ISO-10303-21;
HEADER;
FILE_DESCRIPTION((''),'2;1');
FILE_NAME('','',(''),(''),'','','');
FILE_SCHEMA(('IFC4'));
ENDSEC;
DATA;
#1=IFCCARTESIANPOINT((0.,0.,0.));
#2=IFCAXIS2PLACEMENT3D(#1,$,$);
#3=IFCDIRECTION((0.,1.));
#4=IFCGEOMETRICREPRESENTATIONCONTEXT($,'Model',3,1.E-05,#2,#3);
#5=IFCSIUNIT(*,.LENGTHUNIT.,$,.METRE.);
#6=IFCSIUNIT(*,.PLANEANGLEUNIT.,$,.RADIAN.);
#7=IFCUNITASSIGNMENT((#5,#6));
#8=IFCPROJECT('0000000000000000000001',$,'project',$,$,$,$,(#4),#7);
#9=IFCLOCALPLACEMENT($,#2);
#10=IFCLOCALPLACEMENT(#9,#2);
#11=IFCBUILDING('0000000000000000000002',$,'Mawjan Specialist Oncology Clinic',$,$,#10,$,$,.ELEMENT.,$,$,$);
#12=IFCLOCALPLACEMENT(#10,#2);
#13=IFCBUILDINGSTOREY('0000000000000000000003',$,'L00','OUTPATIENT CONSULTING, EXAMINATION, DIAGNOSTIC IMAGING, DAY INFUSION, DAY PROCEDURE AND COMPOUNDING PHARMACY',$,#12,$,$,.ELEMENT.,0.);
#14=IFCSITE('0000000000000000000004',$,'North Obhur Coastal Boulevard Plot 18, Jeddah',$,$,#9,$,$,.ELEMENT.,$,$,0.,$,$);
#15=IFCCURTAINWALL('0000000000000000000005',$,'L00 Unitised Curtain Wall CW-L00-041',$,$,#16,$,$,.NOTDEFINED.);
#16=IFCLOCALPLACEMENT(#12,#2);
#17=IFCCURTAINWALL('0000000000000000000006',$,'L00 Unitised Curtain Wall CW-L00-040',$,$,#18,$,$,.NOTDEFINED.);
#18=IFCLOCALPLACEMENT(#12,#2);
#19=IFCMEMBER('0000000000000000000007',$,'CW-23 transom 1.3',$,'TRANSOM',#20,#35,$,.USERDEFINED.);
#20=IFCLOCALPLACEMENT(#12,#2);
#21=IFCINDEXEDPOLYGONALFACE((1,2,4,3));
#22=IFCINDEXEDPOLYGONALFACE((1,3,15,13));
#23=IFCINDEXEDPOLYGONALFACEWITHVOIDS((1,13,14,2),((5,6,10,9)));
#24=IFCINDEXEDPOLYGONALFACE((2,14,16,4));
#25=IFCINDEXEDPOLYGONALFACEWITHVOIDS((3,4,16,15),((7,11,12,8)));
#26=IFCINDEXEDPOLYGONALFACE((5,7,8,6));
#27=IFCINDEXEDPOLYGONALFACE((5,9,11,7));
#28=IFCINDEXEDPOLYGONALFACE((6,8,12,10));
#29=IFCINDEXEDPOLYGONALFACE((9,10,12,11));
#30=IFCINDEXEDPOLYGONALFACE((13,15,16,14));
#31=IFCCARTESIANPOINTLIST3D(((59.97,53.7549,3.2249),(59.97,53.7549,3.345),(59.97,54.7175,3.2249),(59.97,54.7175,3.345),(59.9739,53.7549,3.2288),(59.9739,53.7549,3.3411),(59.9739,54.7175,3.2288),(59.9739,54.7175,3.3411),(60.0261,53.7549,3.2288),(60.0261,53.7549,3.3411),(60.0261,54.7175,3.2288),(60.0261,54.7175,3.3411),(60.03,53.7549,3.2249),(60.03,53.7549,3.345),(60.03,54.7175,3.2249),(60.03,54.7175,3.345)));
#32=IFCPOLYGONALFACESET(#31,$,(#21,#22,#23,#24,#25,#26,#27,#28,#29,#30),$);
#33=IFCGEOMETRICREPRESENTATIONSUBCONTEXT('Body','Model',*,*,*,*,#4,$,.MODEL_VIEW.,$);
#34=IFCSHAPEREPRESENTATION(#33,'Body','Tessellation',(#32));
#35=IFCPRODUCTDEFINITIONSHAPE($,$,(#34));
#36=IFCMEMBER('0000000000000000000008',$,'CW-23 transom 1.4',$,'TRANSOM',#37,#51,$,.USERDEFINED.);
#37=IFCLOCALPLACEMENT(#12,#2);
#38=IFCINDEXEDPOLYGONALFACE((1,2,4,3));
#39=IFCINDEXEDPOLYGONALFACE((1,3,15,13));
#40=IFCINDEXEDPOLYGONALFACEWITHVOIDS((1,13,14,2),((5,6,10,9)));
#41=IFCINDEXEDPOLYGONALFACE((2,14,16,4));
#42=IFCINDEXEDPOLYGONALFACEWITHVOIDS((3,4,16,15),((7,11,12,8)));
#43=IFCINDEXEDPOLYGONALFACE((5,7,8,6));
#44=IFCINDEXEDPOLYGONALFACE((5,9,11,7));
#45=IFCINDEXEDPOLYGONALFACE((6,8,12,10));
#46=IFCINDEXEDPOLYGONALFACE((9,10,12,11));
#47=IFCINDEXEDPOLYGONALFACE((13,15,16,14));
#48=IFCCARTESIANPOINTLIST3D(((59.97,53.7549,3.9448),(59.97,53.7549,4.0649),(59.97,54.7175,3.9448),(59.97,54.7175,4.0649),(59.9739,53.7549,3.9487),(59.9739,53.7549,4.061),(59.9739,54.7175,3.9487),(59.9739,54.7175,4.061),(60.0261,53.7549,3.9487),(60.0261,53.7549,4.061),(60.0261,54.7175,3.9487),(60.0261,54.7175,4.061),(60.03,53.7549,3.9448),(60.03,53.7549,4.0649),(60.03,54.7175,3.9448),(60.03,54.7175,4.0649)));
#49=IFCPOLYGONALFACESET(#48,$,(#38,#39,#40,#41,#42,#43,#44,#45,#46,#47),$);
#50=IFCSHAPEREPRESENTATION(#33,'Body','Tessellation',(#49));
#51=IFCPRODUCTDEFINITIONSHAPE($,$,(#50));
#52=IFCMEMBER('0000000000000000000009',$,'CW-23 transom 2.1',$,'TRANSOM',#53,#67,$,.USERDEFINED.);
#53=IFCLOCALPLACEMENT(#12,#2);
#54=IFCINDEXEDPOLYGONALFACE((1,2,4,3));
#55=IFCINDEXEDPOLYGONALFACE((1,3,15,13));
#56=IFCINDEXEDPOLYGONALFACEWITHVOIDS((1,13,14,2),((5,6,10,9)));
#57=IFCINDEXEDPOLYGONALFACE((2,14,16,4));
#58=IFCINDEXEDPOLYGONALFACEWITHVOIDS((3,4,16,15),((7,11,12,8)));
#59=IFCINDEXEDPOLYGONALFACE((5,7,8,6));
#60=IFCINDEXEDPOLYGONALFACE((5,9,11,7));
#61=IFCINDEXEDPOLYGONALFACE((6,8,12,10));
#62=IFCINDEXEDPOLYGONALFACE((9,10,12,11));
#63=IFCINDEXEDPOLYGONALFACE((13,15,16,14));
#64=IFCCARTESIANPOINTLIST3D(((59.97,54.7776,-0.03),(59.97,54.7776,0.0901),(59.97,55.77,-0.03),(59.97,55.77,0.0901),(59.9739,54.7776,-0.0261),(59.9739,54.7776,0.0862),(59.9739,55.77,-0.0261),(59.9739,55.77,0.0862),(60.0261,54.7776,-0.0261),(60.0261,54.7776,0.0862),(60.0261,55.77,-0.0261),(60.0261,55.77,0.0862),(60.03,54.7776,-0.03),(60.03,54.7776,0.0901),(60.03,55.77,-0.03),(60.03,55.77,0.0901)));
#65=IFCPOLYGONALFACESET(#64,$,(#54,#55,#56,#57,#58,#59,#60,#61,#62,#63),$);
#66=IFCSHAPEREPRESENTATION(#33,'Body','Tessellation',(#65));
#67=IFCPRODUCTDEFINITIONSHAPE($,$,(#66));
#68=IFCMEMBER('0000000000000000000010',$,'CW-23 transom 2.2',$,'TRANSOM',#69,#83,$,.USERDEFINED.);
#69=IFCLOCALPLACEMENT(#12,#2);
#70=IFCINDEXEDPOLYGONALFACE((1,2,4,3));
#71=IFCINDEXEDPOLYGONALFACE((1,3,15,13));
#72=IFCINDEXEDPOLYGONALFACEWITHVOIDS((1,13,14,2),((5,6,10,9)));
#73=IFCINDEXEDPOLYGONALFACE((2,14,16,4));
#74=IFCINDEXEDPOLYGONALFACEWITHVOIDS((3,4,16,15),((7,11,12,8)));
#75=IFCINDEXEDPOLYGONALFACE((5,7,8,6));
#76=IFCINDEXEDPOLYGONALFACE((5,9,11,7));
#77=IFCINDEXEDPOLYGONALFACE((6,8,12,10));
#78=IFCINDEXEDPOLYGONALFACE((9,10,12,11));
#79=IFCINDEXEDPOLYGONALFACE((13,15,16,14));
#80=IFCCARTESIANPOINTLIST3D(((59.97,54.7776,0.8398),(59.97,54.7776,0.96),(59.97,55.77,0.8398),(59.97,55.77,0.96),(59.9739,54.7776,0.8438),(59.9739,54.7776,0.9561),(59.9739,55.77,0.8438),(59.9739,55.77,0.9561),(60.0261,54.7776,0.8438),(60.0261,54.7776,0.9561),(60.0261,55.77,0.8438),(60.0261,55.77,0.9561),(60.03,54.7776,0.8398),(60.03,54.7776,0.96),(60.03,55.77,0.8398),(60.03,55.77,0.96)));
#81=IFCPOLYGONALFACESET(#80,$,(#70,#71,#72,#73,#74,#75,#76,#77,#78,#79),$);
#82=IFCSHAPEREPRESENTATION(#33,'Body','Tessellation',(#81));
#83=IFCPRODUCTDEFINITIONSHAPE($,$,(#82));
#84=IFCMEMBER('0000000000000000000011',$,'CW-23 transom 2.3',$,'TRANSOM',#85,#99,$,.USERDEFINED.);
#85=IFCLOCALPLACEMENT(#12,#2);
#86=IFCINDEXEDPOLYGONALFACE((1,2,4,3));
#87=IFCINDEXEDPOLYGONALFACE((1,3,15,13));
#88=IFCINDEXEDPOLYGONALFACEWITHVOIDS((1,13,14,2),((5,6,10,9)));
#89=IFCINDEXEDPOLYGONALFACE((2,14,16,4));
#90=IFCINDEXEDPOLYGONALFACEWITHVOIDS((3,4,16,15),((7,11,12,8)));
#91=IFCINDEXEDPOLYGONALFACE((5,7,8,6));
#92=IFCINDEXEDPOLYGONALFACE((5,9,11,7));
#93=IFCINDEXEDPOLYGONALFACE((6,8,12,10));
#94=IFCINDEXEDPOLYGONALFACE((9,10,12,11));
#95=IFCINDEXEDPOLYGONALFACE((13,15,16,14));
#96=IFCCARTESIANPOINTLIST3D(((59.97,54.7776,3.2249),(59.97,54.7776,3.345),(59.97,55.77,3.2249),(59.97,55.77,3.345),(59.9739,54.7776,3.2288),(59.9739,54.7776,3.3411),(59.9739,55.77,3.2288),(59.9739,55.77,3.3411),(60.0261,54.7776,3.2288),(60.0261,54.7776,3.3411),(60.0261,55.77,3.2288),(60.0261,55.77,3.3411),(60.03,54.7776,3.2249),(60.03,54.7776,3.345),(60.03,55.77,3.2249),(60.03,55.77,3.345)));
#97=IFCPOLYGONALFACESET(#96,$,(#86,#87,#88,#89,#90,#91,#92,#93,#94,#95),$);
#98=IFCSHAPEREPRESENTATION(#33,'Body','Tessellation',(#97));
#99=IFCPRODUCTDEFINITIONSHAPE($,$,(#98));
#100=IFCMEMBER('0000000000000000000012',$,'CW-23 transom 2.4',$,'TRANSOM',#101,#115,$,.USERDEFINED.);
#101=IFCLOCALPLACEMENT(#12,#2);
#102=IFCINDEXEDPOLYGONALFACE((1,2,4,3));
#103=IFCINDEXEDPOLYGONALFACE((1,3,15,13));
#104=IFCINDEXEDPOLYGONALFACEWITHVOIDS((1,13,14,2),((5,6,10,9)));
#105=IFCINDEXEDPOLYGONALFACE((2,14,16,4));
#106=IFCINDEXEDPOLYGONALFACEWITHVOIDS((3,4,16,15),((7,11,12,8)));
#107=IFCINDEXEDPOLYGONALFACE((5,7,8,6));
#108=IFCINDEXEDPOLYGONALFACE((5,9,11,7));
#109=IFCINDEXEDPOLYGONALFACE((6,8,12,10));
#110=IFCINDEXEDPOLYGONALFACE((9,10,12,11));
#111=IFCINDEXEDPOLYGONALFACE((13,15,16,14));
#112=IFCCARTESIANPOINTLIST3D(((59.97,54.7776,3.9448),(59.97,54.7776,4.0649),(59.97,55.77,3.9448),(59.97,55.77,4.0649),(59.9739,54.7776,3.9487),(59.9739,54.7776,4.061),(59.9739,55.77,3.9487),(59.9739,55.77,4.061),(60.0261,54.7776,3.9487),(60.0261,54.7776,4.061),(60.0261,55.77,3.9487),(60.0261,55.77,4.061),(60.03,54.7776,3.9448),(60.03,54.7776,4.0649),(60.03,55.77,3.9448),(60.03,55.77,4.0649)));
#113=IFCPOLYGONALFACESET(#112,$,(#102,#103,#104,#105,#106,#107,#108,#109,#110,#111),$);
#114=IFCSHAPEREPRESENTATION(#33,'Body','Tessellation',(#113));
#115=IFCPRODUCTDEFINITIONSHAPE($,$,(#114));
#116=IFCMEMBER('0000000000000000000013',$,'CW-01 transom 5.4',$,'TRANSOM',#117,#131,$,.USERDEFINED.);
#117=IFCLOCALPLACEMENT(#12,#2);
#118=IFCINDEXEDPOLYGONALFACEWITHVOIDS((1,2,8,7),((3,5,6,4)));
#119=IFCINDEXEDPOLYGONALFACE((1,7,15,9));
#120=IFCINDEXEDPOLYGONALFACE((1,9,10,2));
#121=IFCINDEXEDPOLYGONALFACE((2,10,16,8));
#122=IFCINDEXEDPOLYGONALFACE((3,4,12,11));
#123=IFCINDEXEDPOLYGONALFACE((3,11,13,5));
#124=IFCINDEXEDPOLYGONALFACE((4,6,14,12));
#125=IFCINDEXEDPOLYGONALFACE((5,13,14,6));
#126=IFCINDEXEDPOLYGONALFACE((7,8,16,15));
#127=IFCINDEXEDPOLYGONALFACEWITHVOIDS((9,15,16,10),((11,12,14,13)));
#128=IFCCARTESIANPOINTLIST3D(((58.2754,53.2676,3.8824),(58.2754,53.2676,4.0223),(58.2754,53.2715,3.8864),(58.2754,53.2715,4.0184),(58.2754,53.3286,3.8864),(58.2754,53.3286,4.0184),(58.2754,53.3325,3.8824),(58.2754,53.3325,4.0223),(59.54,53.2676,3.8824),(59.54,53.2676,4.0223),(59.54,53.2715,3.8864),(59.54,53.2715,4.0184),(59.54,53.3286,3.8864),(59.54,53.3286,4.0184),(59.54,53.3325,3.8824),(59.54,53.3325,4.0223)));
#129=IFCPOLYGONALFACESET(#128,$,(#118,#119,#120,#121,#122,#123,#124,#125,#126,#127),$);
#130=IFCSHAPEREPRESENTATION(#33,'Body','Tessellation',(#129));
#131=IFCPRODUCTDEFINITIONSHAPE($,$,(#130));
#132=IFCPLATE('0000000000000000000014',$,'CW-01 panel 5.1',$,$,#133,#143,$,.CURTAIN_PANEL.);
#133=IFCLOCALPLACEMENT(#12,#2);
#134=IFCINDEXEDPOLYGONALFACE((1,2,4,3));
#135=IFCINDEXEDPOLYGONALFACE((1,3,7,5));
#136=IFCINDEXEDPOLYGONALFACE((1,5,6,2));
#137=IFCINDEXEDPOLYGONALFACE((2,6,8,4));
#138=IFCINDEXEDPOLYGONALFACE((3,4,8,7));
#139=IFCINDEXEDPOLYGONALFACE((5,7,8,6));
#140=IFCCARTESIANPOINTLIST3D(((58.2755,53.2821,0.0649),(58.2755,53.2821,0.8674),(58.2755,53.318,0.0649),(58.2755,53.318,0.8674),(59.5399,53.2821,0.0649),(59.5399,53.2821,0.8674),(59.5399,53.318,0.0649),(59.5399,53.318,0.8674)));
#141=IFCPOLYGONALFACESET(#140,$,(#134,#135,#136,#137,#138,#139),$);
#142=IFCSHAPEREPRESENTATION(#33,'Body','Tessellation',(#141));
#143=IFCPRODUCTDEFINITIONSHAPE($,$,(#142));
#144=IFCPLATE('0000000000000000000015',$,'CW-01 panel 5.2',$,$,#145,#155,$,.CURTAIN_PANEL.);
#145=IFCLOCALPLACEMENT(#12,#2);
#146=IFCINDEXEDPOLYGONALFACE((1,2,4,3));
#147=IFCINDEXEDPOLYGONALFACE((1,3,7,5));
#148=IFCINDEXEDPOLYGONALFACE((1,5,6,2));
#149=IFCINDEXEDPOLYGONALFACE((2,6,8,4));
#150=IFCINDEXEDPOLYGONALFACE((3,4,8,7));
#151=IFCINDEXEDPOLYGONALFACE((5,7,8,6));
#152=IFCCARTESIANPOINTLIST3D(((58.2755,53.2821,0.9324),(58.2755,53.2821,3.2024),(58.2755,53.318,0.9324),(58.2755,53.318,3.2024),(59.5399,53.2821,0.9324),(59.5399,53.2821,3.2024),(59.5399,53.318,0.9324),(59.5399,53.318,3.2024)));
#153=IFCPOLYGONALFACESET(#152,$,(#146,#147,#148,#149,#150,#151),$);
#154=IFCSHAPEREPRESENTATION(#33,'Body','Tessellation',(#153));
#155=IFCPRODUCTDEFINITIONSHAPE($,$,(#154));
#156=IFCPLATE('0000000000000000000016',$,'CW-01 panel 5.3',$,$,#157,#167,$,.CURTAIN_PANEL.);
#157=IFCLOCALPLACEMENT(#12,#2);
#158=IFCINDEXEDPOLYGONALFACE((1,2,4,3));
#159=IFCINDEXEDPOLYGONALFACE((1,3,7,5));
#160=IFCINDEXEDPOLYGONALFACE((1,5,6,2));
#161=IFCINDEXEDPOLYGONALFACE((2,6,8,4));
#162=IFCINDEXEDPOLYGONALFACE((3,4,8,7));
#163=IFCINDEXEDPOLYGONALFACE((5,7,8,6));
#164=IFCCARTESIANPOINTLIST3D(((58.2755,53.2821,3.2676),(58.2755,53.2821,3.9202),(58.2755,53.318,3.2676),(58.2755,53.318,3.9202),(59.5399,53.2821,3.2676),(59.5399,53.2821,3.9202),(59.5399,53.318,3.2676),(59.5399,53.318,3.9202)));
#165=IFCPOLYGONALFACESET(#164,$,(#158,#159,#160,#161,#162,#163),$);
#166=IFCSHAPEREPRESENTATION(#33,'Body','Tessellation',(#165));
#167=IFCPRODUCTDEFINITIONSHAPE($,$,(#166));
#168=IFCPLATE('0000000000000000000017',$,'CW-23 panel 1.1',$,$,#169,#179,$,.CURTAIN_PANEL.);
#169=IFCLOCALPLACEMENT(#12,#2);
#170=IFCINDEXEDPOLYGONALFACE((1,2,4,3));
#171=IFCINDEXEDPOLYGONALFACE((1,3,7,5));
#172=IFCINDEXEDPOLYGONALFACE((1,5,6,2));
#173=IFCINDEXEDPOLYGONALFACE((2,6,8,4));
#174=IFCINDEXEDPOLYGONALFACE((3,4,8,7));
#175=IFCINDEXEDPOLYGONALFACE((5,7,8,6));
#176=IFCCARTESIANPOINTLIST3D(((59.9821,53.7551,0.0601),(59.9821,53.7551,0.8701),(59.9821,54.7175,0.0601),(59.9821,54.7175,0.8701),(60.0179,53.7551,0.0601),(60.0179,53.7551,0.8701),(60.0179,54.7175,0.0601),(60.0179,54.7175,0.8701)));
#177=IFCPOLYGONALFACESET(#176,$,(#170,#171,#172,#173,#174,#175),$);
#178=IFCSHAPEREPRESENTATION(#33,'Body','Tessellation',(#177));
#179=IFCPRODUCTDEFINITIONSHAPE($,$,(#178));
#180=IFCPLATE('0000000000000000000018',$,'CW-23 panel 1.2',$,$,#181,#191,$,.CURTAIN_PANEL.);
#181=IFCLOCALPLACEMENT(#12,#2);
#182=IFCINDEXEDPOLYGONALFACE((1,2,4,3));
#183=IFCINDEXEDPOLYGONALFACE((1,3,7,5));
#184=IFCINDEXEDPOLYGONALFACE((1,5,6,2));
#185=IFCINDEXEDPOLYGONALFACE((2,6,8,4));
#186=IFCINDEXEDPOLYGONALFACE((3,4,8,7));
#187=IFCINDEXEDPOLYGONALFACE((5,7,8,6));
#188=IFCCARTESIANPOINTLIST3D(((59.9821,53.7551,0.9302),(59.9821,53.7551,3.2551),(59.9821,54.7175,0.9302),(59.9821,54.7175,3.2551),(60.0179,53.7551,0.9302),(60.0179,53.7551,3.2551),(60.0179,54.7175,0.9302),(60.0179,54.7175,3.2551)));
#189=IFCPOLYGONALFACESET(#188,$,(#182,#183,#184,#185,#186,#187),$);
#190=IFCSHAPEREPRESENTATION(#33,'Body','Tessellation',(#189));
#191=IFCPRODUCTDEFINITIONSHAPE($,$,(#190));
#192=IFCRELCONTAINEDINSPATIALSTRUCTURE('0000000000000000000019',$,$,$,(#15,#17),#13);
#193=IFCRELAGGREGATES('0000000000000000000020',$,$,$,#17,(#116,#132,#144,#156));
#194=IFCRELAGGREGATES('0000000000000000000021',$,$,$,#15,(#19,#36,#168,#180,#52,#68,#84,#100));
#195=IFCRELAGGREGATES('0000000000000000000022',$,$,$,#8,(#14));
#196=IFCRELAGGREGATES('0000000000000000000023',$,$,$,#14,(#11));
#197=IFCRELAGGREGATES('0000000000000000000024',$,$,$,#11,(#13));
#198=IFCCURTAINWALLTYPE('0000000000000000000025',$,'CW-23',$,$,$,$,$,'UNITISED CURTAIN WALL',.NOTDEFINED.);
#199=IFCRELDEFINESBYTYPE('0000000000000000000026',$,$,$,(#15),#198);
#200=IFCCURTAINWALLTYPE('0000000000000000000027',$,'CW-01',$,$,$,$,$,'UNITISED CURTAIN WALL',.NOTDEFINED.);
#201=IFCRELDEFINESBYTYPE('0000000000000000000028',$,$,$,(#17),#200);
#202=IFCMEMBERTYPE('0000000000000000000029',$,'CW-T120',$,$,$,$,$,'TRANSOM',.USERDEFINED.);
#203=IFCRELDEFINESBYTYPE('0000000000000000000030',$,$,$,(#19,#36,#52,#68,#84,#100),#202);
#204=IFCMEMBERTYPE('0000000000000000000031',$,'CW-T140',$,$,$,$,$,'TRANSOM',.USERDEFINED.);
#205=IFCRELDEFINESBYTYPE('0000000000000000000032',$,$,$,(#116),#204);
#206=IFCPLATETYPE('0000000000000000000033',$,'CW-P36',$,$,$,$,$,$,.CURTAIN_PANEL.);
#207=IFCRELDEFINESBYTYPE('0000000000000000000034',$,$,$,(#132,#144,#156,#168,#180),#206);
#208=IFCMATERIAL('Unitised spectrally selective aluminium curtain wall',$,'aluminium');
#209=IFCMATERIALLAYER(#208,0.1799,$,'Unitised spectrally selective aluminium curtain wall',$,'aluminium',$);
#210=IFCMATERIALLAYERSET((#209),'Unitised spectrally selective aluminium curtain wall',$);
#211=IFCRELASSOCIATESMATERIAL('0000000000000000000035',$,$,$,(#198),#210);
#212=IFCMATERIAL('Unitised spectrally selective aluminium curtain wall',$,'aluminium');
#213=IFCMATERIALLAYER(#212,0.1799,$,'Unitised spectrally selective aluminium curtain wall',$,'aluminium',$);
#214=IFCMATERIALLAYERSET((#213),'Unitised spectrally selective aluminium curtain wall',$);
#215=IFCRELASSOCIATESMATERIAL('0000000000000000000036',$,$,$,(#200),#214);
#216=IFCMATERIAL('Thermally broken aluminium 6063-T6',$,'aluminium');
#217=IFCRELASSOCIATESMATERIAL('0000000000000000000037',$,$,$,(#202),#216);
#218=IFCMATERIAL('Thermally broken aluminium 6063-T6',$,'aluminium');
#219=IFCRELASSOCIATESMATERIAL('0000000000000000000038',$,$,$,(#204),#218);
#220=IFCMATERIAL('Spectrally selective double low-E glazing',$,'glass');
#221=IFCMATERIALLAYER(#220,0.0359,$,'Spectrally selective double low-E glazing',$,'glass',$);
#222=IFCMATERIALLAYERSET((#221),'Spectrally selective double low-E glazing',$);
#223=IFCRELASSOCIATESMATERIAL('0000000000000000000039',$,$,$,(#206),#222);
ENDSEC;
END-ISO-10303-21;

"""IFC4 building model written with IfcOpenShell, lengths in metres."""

from ifc_helpers import new_model, si_unit, direction, frame, origin, origin_2d, place, context, subcontext, project, spatial, rectangle, hollow_rectangle, extrude, material, layer, layer_set, material_profile, profile_set, type_object, element, aggregate, save


model = new_model("IFC4")

# Units and contexts
model_context = context("Model", 3, precision=1e-05, world=origin(), true_north=direction((0.0, 1.0)))
body_context = subcontext(model_context, "Body", "Model", "MODEL_VIEW")
ifc_project = project(units=[si_unit("LENGTHUNIT", "METRE"), si_unit("PLANEANGLEUNIT", "RADIAN")], contexts=[model_context])

# Site, building, storey
site_placement = place(None, origin())
site = spatial("IfcSite", under=ifc_project, at=site_placement, Name="North Obhur Coastal Boulevard Plot 18, Jeddah", CompositionType="ELEMENT", RefElevation=0.0)
building_placement = place(site_placement, origin())
building = spatial("IfcBuilding", under=site, at=building_placement, Name="Mawjan Specialist Oncology Clinic", CompositionType="ELEMENT")
storey_placement = place(building_placement, origin())
storey = spatial("IfcBuildingStorey", under=building, at=storey_placement, Name="L00", Description="OUTPATIENT CONSULTING, EXAMINATION, DIAGNOSTIC IMAGING, DAY INFUSION, DAY PROCEDURE AND COMPOUNDING PHARMACY", CompositionType="ELEMENT", Elevation=0.0)

# Curtain wall
ifc_material_1 = material(Name="Unitised spectrally selective aluminium curtain wall", Category="aluminium")
ifc_layer_1 = layer(ifc_material_1, 0.1799, Name="Unitised spectrally selective aluminium curtain wall", Category="aluminium")
ifc_layer_set_1 = layer_set([ifc_layer_1], Name="Unitised spectrally selective aluminium curtain wall")
curtain_wall_type_1 = type_object("IfcCurtainWallType", Name="CW-23", ElementType="UNITISED CURTAIN WALL", PredefinedType="NOTDEFINED", material=ifc_layer_set_1)
curtain_wall_1_placement = place(storey_placement, origin())
curtain_wall_1 = element("IfcCurtainWall", 1, at=curtain_wall_1_placement, inside=storey, type_object=curtain_wall_type_1, Name="L00 Unitised Curtain Wall CW-L00-041", PredefinedType="NOTDEFINED")

# Curtain wall
ifc_material_2 = material(Name="Unitised spectrally selective aluminium curtain wall", Category="aluminium")
ifc_layer_2 = layer(ifc_material_2, 0.1799, Name="Unitised spectrally selective aluminium curtain wall", Category="aluminium")
ifc_layer_set_2 = layer_set([ifc_layer_2], Name="Unitised spectrally selective aluminium curtain wall")
curtain_wall_type_2 = type_object("IfcCurtainWallType", Name="CW-01", ElementType="UNITISED CURTAIN WALL", PredefinedType="NOTDEFINED", material=ifc_layer_set_2)
curtain_wall_2_placement = place(storey_placement, origin())
curtain_wall_2 = element("IfcCurtainWall", 2, at=curtain_wall_2_placement, inside=storey, type_object=curtain_wall_type_2, Name="L00 Unitised Curtain Wall CW-L00-040", PredefinedType="NOTDEFINED")

# Members
ifc_material_3 = material(Name="Thermally broken aluminium 6063-T6", Category="aluminium")
ifc_material_profile_1 = material_profile(ifc_material_3, hollow_rectangle(XDim=0.0601, YDim=0.1201, WallThickness=0.0039, at=origin_2d()), Name="ALU TRANSOM 120x60x4", Category="aluminium")
ifc_profile_set_1 = profile_set([ifc_material_profile_1], Name="Thermally broken aluminium 6063-T6")
member_type_1 = type_object("IfcMemberType", Name="CW-T120", ElementType="TRANSOM", PredefinedType="USERDEFINED", material=ifc_profile_set_1)
member_1_placement = place(storey_placement, frame((60.0, 53.7549, 3.2849), z_axis=(0.0, 1.0, 0.0), x_axis=(-1.0, 0.0, 0.0)))
member_1 = element("IfcMember", 3, at=member_1_placement, type_object=member_type_1, Name="CW-23 transom 1.3", ObjectType="TRANSOM", PredefinedType="USERDEFINED", context=body_context, shape_type="SweptSolid", body=[
    extrude(hollow_rectangle(XDim=0.0601, YDim=0.1201, WallThickness=0.0039, at=origin_2d()), origin(), (0.0, 0.0, 1.0), 0.9626),
])
member_2_placement = place(storey_placement, frame((60.0, 53.7549, 4.0049), z_axis=(0.0, 1.0, 0.0), x_axis=(-1.0, 0.0, 0.0)))
member_2 = element("IfcMember", 4, at=member_2_placement, type_object=member_type_1, Name="CW-23 transom 1.4", ObjectType="TRANSOM", PredefinedType="USERDEFINED", context=body_context, shape_type="SweptSolid", body=[
    extrude(hollow_rectangle(XDim=0.0601, YDim=0.1201, WallThickness=0.0039, at=origin_2d()), origin(), (0.0, 0.0, 1.0), 0.9626),
])
member_3_placement = place(storey_placement, frame((60.0, 54.7776, 0.03), z_axis=(0.0, 1.0, 0.0), x_axis=(-1.0, 0.0, 0.0)))
member_3 = element("IfcMember", 5, at=member_3_placement, type_object=member_type_1, Name="CW-23 transom 2.1", ObjectType="TRANSOM", PredefinedType="USERDEFINED", context=body_context, shape_type="SweptSolid", body=[
    extrude(hollow_rectangle(XDim=0.0601, YDim=0.1201, WallThickness=0.0039, at=origin_2d()), origin(), (0.0, 0.0, 1.0), 0.9924),
])
member_4_placement = place(storey_placement, frame((60.0, 54.7776, 0.8999), z_axis=(0.0, 1.0, 0.0), x_axis=(-1.0, 0.0, 0.0)))
member_4 = element("IfcMember", 6, at=member_4_placement, type_object=member_type_1, Name="CW-23 transom 2.2", ObjectType="TRANSOM", PredefinedType="USERDEFINED", context=body_context, shape_type="SweptSolid", body=[
    extrude(hollow_rectangle(XDim=0.0601, YDim=0.1201, WallThickness=0.0039, at=origin_2d()), origin(), (0.0, 0.0, 1.0), 0.9924),
])
member_5_placement = place(storey_placement, frame((60.0, 54.7776, 3.2849), z_axis=(0.0, 1.0, 0.0), x_axis=(-1.0, 0.0, 0.0)))
member_5 = element("IfcMember", 7, at=member_5_placement, type_object=member_type_1, Name="CW-23 transom 2.3", ObjectType="TRANSOM", PredefinedType="USERDEFINED", context=body_context, shape_type="SweptSolid", body=[
    extrude(hollow_rectangle(XDim=0.0601, YDim=0.1201, WallThickness=0.0039, at=origin_2d()), origin(), (0.0, 0.0, 1.0), 0.9924),
])
member_6_placement = place(storey_placement, frame((60.0, 54.7776, 4.0049), z_axis=(0.0, 1.0, 0.0), x_axis=(-1.0, 0.0, 0.0)))
member_6 = element("IfcMember", 8, at=member_6_placement, type_object=member_type_1, Name="CW-23 transom 2.4", ObjectType="TRANSOM", PredefinedType="USERDEFINED", context=body_context, shape_type="SweptSolid", body=[
    extrude(hollow_rectangle(XDim=0.0601, YDim=0.1201, WallThickness=0.0039, at=origin_2d()), origin(), (0.0, 0.0, 1.0), 0.9924),
])
ifc_material_4 = material(Name="Thermally broken aluminium 6063-T6", Category="aluminium")
ifc_material_profile_2 = material_profile(ifc_material_4, hollow_rectangle(XDim=0.0649, YDim=0.1399, WallThickness=0.0039, at=origin_2d()), Name="ALU TRANSOM 140x65x4", Category="aluminium")
ifc_profile_set_2 = profile_set([ifc_material_profile_2], Name="Thermally broken aluminium 6063-T6")
member_type_2 = type_object("IfcMemberType", Name="CW-T140", ElementType="TRANSOM", PredefinedType="USERDEFINED", material=ifc_profile_set_2)
member_7_placement = place(storey_placement, frame((58.2754, 53.3, 3.9524), z_axis=(1.0, 0.0, 0.0), x_axis=(0.0, 1.0, 0.0)))
member_7 = element("IfcMember", 9, at=member_7_placement, type_object=member_type_2, Name="CW-01 transom 5.4", ObjectType="TRANSOM", PredefinedType="USERDEFINED", context=body_context, shape_type="SweptSolid", body=[
    extrude(hollow_rectangle(XDim=0.0649, YDim=0.1399, WallThickness=0.0039, at=origin_2d()), origin(), (0.0, 0.0, 1.0), 1.2646),
])

# Plates
ifc_material_5 = material(Name="Spectrally selective double low-E glazing", Category="glass")
ifc_layer_3 = layer(ifc_material_5, 0.0359, Name="Spectrally selective double low-E glazing", Category="glass")
ifc_layer_set_3 = layer_set([ifc_layer_3], Name="Spectrally selective double low-E glazing")
plate_type = type_object("IfcPlateType", Name="CW-P36", PredefinedType="CURTAIN_PANEL", material=ifc_layer_set_3)
plate_1_placement = place(storey_placement, frame((58.9077, 53.3, 0.0649), z_axis=(0.0, 0.0, 1.0), x_axis=(1.0, 0.0, 0.0)))
plate_1 = element("IfcPlate", 10, at=plate_1_placement, type_object=plate_type, Name="CW-01 panel 5.1", PredefinedType="CURTAIN_PANEL", context=body_context, shape_type="SweptSolid", body=[
    extrude(rectangle(XDim=1.2644, YDim=0.0359, at=origin_2d()), origin(), (0.0, 0.0, 1.0), 0.8025),
])
plate_2_placement = place(storey_placement, frame((58.9077, 53.3, 0.9324), z_axis=(0.0, 0.0, 1.0), x_axis=(1.0, 0.0, 0.0)))
plate_2 = element("IfcPlate", 11, at=plate_2_placement, type_object=plate_type, Name="CW-01 panel 5.2", PredefinedType="CURTAIN_PANEL", context=body_context, shape_type="SweptSolid", body=[
    extrude(rectangle(XDim=1.2644, YDim=0.0359, at=origin_2d()), origin(), (0.0, 0.0, 1.0), 2.27),
])
plate_3_placement = place(storey_placement, frame((58.9077, 53.3, 3.2676), z_axis=(0.0, 0.0, 1.0), x_axis=(1.0, 0.0, 0.0)))
plate_3 = element("IfcPlate", 12, at=plate_3_placement, type_object=plate_type, Name="CW-01 panel 5.3", PredefinedType="CURTAIN_PANEL", context=body_context, shape_type="SweptSolid", body=[
    extrude(rectangle(XDim=1.2644, YDim=0.0359, at=origin_2d()), origin(), (0.0, 0.0, 1.0), 0.6526),
])
aggregate(curtain_wall_2, [member_7, plate_1, plate_2, plate_3])
plate_4_placement = place(storey_placement, frame((60.0, 54.2363, 0.0601), z_axis=(0.0, 0.0, 1.0), x_axis=(0.0, 1.0, 0.0)))
plate_4 = element("IfcPlate", 13, at=plate_4_placement, type_object=plate_type, Name="CW-23 panel 1.1", PredefinedType="CURTAIN_PANEL", context=body_context, shape_type="SweptSolid", body=[
    extrude(rectangle(XDim=0.9624, YDim=0.0359, at=origin_2d()), origin(), (0.0, 0.0, 1.0), 0.8101),
])
plate_5_placement = place(storey_placement, frame((60.0, 54.2363, 0.9302), z_axis=(0.0, 0.0, 1.0), x_axis=(0.0, 1.0, 0.0)))
plate_5 = element("IfcPlate", 14, at=plate_5_placement, type_object=plate_type, Name="CW-23 panel 1.2", PredefinedType="CURTAIN_PANEL", context=body_context, shape_type="SweptSolid", body=[
    extrude(rectangle(XDim=0.9624, YDim=0.0359, at=origin_2d()), origin(), (0.0, 0.0, 1.0), 2.325),
])
aggregate(curtain_wall_1, [member_1, member_2, plate_4, plate_5, member_3, member_4, member_5, member_6])

save(model, "model.ifc")
